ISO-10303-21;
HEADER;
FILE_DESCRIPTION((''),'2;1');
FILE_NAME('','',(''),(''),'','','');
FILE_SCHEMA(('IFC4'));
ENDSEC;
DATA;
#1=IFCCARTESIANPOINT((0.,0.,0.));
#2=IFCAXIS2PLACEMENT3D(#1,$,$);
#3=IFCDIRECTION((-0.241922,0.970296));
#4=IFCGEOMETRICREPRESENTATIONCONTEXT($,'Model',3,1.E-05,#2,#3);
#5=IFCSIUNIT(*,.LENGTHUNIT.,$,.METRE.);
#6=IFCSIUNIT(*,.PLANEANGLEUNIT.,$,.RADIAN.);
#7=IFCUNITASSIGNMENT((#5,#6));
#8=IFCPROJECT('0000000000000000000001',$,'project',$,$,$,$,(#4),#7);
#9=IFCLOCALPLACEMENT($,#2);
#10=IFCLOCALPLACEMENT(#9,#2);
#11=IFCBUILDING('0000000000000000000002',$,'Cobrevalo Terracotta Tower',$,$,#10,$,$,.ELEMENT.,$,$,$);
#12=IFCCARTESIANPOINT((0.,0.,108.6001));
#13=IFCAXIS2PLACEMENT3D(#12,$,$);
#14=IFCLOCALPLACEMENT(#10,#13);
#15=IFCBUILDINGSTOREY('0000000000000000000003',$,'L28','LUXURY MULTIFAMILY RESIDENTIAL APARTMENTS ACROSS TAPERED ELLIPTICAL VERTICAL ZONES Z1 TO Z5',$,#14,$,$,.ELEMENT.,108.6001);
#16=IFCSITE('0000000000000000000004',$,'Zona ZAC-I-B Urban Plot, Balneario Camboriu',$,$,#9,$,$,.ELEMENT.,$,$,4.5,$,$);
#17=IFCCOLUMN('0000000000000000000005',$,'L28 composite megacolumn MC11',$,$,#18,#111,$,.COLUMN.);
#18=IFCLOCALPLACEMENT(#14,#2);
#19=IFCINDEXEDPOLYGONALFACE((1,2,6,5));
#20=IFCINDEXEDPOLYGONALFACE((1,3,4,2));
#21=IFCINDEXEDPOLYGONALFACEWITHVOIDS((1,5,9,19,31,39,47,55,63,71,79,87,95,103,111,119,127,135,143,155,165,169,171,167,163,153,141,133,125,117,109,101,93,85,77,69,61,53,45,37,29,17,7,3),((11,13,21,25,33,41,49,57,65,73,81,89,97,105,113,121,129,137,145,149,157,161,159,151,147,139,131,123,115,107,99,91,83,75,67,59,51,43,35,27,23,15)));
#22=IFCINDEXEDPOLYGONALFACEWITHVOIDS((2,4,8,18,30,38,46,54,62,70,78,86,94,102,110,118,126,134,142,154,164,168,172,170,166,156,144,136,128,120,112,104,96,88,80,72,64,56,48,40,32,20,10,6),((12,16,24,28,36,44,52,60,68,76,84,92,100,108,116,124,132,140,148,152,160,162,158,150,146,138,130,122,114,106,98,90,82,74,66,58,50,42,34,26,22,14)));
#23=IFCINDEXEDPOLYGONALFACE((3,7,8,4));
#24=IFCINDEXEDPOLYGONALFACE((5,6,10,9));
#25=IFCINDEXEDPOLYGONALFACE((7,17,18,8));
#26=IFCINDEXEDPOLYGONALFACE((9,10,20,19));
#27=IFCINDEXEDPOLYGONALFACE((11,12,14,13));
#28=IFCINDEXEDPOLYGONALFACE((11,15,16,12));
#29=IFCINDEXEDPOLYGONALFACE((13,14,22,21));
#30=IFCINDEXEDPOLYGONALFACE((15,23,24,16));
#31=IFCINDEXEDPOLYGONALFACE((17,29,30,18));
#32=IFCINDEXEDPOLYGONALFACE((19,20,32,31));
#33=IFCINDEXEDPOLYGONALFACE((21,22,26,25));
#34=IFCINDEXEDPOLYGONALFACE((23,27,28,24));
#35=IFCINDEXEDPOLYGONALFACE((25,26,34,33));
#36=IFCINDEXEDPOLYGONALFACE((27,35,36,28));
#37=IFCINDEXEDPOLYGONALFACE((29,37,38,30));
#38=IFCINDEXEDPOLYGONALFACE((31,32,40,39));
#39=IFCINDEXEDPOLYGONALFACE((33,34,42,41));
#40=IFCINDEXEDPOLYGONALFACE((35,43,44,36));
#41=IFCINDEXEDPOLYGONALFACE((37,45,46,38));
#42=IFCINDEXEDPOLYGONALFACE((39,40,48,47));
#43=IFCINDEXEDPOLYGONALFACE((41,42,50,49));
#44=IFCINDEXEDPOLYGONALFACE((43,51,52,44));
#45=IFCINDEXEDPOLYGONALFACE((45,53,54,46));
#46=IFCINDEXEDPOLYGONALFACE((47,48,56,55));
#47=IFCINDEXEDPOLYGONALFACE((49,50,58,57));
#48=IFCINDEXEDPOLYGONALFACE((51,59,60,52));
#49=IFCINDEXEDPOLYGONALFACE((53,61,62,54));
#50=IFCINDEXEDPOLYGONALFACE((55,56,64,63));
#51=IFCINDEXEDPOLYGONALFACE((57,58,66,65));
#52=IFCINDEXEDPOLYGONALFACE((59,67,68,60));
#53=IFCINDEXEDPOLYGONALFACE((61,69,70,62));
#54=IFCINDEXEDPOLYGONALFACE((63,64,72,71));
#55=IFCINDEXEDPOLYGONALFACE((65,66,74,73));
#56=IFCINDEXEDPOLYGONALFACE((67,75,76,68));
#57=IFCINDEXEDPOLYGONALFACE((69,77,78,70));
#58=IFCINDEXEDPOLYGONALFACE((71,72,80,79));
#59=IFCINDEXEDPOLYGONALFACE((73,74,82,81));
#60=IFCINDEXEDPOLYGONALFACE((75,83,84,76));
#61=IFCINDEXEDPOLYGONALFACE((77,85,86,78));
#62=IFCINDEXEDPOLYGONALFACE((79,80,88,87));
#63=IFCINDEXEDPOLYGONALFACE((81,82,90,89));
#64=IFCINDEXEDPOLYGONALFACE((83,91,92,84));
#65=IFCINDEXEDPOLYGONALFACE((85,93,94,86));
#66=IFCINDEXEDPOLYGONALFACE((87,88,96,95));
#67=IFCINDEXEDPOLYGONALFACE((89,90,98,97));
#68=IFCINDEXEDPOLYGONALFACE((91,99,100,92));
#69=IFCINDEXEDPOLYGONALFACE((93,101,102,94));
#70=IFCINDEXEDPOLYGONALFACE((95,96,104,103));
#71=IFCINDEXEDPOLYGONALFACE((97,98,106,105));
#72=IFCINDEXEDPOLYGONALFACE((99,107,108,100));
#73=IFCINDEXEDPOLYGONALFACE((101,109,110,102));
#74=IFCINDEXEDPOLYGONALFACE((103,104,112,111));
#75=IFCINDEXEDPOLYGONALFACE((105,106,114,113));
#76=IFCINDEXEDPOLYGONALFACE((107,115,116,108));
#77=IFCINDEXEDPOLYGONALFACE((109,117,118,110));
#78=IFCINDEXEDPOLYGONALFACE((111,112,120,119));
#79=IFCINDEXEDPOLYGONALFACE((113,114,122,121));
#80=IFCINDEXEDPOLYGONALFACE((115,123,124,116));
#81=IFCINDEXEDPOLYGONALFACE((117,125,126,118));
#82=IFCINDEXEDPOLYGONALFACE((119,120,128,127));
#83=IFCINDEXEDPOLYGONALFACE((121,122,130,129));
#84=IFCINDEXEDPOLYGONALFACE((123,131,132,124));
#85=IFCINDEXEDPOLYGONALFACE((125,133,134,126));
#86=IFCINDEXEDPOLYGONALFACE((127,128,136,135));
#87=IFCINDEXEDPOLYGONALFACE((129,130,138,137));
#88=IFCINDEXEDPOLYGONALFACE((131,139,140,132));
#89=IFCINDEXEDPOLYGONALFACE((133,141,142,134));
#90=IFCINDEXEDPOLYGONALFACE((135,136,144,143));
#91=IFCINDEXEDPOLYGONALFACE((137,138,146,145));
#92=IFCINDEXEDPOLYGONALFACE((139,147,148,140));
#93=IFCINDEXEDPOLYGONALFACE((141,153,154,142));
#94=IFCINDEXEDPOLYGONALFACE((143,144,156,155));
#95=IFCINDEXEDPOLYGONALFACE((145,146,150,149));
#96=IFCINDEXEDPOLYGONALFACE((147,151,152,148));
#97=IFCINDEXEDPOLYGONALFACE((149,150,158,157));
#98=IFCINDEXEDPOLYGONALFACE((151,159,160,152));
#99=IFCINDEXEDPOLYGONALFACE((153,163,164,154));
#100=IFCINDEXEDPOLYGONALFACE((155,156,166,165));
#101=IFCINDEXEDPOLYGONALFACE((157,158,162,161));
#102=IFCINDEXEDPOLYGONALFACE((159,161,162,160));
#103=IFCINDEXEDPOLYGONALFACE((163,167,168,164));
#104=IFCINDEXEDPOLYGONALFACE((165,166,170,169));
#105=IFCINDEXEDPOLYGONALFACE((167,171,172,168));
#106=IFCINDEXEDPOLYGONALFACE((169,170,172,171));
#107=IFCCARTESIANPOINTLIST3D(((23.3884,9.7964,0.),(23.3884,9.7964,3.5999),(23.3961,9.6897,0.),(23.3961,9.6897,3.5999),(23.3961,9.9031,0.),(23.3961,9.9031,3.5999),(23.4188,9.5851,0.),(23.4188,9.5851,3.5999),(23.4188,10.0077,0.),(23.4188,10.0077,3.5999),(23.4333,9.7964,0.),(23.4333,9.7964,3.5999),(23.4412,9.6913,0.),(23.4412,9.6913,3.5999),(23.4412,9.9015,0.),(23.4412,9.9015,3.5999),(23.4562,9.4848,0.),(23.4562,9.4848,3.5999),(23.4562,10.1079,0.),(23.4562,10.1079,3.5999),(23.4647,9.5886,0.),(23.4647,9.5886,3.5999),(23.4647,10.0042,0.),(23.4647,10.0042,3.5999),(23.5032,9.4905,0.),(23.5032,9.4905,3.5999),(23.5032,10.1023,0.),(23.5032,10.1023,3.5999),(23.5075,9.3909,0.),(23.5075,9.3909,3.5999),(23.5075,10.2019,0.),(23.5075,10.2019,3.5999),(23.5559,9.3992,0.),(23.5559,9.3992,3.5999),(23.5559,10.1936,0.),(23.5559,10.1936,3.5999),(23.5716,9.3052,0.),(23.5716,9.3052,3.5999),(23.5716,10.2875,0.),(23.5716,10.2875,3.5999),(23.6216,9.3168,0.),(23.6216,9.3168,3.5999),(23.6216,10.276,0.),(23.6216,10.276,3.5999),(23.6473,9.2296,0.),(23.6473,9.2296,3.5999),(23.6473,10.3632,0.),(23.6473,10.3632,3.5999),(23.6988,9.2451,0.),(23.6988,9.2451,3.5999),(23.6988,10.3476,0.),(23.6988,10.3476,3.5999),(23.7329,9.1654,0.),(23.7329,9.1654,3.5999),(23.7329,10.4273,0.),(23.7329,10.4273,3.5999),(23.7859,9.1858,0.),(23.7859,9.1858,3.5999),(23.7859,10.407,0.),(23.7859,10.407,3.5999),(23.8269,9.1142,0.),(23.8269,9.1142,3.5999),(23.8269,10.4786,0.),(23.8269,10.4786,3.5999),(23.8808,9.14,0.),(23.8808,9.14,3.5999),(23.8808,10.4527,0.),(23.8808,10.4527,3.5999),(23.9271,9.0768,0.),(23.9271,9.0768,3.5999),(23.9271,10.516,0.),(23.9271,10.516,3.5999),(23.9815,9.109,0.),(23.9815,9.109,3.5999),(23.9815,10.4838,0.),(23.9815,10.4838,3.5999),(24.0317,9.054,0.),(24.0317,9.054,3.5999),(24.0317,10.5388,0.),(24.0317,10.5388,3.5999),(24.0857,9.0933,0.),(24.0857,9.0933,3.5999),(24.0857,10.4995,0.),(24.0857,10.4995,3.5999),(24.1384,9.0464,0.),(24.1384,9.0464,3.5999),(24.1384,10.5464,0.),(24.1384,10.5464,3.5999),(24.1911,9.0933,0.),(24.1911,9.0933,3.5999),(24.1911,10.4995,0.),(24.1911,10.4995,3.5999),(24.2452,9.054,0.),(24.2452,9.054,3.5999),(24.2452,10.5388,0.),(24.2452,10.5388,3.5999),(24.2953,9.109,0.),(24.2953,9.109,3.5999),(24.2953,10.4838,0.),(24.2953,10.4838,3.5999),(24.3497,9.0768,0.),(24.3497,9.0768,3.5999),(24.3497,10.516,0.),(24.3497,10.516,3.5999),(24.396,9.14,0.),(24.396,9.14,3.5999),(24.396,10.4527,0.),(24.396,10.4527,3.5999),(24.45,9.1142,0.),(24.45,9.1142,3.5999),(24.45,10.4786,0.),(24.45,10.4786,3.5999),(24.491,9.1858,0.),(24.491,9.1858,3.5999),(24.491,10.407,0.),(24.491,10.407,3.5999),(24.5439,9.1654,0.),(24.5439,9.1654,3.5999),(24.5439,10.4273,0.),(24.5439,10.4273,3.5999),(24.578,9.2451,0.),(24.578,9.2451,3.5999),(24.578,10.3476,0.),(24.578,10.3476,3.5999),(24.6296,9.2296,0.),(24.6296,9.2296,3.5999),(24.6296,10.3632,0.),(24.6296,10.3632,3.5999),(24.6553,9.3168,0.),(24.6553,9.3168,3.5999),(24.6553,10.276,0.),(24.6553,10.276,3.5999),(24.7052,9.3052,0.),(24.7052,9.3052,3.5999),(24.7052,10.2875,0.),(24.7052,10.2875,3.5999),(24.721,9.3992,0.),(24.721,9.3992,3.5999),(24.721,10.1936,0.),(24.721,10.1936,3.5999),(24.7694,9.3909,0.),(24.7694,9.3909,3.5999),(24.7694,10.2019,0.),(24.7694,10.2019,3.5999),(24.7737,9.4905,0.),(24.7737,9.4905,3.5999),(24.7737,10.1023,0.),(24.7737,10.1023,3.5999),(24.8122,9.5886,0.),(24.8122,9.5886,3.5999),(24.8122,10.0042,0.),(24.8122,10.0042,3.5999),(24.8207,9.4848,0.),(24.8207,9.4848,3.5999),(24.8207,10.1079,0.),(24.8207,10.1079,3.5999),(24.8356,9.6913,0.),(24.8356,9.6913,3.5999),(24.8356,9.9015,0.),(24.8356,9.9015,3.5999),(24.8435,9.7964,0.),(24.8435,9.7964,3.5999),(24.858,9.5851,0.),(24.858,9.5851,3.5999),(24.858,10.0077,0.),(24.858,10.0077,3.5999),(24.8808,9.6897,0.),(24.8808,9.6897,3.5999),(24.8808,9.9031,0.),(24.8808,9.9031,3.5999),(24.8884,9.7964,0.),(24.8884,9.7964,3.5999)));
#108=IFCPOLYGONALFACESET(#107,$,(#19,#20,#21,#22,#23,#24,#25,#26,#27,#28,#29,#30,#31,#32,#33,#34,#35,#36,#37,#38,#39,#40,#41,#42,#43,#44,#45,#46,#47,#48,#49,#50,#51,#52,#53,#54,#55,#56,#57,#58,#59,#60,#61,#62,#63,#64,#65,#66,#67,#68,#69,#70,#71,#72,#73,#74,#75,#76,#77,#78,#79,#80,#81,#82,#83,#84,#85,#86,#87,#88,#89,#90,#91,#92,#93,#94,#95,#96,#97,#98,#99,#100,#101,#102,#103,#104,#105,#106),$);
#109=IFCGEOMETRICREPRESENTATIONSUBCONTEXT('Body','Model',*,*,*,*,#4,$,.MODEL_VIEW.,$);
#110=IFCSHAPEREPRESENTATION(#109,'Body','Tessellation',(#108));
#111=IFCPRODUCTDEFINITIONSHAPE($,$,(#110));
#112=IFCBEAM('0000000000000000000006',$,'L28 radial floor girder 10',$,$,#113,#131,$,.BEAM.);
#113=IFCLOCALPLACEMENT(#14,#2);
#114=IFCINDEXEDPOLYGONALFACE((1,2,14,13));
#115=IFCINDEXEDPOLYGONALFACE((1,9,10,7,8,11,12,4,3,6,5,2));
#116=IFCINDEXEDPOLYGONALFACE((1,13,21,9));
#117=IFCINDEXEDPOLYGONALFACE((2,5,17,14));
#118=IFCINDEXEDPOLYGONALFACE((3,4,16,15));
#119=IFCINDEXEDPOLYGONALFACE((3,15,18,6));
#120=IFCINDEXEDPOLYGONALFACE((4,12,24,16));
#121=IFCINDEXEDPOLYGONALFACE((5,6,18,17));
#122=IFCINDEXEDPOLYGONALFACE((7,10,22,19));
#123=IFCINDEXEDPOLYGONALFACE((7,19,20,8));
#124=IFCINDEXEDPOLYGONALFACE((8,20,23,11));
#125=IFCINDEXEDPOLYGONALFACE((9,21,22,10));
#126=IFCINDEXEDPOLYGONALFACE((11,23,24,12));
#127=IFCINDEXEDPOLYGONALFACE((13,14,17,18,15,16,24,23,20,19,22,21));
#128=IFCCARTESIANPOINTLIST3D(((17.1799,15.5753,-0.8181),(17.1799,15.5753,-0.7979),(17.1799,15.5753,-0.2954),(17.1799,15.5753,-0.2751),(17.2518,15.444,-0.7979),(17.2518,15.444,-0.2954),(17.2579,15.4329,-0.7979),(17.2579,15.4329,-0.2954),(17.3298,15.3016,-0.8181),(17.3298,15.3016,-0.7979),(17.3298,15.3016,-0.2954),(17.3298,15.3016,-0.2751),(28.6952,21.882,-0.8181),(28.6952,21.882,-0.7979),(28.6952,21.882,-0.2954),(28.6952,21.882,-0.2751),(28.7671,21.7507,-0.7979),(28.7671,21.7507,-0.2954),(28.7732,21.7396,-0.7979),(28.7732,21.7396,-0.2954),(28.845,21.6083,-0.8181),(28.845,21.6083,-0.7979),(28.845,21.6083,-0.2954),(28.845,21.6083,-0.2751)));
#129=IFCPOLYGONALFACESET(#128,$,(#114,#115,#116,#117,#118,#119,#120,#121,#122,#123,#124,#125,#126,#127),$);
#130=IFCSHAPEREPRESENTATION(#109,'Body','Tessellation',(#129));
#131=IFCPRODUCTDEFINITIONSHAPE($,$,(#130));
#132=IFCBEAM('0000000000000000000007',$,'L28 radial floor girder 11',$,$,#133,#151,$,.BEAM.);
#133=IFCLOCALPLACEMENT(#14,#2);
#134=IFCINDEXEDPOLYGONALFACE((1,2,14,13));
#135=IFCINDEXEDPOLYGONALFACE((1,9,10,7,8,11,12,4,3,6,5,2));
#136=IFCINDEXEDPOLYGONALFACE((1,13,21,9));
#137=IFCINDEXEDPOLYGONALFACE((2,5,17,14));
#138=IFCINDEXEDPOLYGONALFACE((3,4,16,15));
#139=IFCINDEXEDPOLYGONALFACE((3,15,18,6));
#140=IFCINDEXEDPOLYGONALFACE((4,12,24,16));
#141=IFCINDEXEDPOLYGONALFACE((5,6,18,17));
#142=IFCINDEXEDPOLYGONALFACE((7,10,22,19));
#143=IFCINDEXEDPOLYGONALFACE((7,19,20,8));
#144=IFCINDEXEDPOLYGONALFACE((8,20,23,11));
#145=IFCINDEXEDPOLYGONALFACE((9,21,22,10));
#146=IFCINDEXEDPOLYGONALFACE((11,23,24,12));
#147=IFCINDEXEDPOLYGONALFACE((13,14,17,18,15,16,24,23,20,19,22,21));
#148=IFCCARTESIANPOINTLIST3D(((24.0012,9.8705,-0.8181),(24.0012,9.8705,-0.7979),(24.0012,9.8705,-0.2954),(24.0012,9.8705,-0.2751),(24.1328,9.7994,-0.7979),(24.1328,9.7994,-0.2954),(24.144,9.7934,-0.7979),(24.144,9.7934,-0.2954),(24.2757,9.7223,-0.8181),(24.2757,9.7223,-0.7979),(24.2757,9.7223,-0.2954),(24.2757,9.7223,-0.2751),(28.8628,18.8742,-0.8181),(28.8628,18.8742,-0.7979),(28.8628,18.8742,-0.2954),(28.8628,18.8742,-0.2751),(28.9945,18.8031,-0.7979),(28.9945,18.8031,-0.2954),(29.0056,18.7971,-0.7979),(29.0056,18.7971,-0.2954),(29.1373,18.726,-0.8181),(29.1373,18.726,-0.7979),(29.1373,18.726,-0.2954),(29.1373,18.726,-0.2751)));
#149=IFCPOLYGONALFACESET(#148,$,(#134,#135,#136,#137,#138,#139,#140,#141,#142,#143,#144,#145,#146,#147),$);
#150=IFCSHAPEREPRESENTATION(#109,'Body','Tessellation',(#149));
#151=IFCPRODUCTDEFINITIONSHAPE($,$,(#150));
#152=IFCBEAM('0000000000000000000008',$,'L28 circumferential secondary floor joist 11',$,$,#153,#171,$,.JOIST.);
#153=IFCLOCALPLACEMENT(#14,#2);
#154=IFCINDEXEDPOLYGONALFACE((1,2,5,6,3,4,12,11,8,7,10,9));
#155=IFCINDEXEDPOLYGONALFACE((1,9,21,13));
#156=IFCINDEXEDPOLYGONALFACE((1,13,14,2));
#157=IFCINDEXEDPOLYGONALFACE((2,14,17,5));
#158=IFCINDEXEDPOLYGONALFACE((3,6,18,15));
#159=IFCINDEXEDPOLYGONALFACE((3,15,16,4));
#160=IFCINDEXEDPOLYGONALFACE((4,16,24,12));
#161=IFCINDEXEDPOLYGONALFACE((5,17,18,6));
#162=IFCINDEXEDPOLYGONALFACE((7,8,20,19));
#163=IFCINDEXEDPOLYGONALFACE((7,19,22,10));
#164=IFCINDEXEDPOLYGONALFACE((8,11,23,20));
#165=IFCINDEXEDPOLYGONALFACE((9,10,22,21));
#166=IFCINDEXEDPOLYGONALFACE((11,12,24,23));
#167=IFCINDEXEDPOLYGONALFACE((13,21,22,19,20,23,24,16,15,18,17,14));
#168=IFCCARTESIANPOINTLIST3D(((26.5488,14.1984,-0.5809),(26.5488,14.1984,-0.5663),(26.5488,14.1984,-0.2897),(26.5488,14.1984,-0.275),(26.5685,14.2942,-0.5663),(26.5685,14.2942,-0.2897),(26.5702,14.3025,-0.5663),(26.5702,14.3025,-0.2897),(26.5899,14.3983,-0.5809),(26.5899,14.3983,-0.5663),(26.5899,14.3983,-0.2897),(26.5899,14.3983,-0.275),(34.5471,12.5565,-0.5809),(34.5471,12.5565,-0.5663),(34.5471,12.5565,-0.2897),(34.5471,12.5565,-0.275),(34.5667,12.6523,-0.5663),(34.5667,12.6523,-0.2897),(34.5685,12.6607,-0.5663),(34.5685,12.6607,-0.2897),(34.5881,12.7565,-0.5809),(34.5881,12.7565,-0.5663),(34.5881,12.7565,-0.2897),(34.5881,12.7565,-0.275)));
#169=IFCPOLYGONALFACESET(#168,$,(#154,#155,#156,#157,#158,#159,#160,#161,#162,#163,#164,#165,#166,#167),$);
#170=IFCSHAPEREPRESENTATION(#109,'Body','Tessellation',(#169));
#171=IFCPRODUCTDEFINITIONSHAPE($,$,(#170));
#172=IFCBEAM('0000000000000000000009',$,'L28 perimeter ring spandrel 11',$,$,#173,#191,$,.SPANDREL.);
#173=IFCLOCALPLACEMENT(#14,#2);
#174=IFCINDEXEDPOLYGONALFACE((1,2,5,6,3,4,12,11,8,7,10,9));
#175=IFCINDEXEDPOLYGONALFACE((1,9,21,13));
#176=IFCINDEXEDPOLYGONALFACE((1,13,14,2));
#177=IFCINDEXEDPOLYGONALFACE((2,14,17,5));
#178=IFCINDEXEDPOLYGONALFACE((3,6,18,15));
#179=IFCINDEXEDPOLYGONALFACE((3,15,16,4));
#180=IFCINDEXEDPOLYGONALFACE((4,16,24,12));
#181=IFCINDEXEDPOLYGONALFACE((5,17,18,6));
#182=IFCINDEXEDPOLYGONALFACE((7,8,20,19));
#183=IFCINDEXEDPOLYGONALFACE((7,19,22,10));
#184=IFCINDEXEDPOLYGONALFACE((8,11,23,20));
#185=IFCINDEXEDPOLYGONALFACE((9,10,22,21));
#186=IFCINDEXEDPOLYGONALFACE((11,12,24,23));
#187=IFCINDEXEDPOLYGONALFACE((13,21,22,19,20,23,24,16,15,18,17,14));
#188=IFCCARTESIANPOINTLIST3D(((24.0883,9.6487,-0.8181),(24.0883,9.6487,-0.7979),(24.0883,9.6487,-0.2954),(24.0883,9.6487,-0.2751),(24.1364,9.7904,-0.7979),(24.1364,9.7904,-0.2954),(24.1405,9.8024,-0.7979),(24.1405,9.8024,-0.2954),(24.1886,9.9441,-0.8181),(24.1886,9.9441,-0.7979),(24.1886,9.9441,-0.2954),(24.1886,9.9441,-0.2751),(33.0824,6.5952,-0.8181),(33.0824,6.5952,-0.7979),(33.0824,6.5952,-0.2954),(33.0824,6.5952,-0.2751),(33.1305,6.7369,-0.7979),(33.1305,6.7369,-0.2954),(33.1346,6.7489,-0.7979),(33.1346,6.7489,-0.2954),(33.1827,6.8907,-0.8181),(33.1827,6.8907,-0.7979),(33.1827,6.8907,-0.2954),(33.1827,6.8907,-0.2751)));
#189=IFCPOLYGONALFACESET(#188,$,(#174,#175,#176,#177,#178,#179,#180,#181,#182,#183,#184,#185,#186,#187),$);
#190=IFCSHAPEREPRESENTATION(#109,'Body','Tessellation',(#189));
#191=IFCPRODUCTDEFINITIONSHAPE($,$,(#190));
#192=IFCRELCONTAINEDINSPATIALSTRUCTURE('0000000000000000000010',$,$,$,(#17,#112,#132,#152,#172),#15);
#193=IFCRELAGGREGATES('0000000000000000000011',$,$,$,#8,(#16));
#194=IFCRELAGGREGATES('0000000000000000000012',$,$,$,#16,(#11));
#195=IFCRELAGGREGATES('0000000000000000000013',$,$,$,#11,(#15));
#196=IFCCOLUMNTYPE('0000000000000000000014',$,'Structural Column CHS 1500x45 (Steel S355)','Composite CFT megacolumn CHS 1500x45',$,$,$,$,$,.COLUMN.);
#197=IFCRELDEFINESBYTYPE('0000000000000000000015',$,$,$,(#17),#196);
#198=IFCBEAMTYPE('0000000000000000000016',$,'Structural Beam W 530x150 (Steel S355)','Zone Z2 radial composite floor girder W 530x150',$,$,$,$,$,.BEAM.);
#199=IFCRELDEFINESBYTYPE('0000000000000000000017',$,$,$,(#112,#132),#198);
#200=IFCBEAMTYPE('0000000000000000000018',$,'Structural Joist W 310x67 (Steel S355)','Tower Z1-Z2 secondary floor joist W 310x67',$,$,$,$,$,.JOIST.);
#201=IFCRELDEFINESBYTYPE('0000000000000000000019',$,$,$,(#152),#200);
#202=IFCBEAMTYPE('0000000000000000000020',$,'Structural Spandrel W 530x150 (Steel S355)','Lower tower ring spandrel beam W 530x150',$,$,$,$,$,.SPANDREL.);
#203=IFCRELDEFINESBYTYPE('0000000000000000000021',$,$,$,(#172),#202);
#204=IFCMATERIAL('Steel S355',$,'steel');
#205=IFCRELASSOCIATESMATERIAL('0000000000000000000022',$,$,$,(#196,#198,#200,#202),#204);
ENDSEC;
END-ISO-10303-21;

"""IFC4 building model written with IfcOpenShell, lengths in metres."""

from ifc_helpers import new_model, si_unit, direction, frame, origin, origin_2d, place, context, subcontext, project, spatial, hollow_circle, i_section, extrude, material, material_profile, profile_set, type_object, element, save


model = new_model("IFC4")

# Units and contexts
model_context = context("Model", 3, precision=1e-05, world=origin(), true_north=direction((-0.241922, 0.970296)))
body_context = subcontext(model_context, "Body", "Model", "MODEL_VIEW")
ifc_project = project(units=[si_unit("LENGTHUNIT", "METRE"), si_unit("PLANEANGLEUNIT", "RADIAN")], contexts=[model_context])

# Site, building, storey
site_placement = place(None, origin())
site = spatial("IfcSite", under=ifc_project, at=site_placement, Name="Zona ZAC-I-B Urban Plot, Balneario Camboriu", CompositionType="ELEMENT", RefElevation=4.5)
building_placement = place(site_placement, origin())
building = spatial("IfcBuilding", under=site, at=building_placement, Name="Cobrevalo Terracotta Tower", CompositionType="ELEMENT")
storey_placement = place(building_placement, frame((0.0, 0.0, 108.6001)))
storey = spatial("IfcBuildingStorey", under=building, at=storey_placement, Name="L28", Description="LUXURY MULTIFAMILY RESIDENTIAL APARTMENTS ACROSS TAPERED ELLIPTICAL VERTICAL ZONES Z1 TO Z5", CompositionType="ELEMENT", Elevation=108.6001)

# Column
ifc_material_1 = material(Name="Steel S355", Category="steel")
ifc_material_profile_1 = material_profile(ifc_material_1, hollow_circle(Radius=0.75, WallThickness=0.0449, at=origin_2d()), Name="CHS 1500x45")
ifc_profile_set_1 = profile_set([ifc_material_profile_1], Name="Steel S355")
column_type = type_object("IfcColumnType", Name="Structural Column CHS 1500x45 (Steel S355)", Description="Composite CFT megacolumn CHS 1500x45", PredefinedType="COLUMN", material=ifc_profile_set_1)
column_placement = place(storey_placement, frame((24.1384, 9.7964, 0.0), z_axis=(0.0, 0.0, 1.0), x_axis=(1.0, 0.0, 0.0)))
element("IfcColumn", 1, at=column_placement, inside=storey, type_object=column_type, Name="L28 composite megacolumn MC11", PredefinedType="COLUMN", context=body_context, shape_type="SweptSolid", body=[
    extrude(hollow_circle(Radius=0.75, WallThickness=0.0449, at=origin_2d()), origin(), (0.0, 0.0, 1.0), 3.5999),
])

# Beams
ifc_material_profile_2 = material_profile(ifc_material_1, i_section(OverallWidth=0.312, OverallDepth=0.543, WebThickness=0.0127, FlangeThickness=0.0203, at=origin_2d()), Name="W 530x150")
ifc_profile_set_2 = profile_set([ifc_material_profile_2], Name="Steel S355")
beam_type_1 = type_object("IfcBeamType", Name="Structural Beam W 530x150 (Steel S355)", Description="Zone Z2 radial composite floor girder W 530x150", PredefinedType="BEAM", material=ifc_profile_set_2)
beam_1_placement = place(storey_placement, frame((17.2549, 15.4385, -0.5466), z_axis=(0.877073, 0.480358, 0.0), x_axis=(-0.480358, 0.877073, 0.0)))
element("IfcBeam", 2, at=beam_1_placement, inside=storey, type_object=beam_type_1, Name="L28 radial floor girder 10", PredefinedType="BEAM", context=body_context, shape_type="SweptSolid", body=[
    extrude(i_section(OverallWidth=0.312, OverallDepth=0.543, WebThickness=0.0127, FlangeThickness=0.0203, at=origin_2d()), origin(), (0.0, 0.0, 1.0), 13.1292),
])
beam_2_placement = place(storey_placement, frame((24.1384, 9.7964, -0.5466), z_axis=(0.475118, 0.879922, 0.0), x_axis=(-0.879922, 0.475118, 0.0)))
element("IfcBeam", 3, at=beam_2_placement, inside=storey, type_object=beam_type_1, Name="L28 radial floor girder 11", PredefinedType="BEAM", context=body_context, shape_type="SweptSolid", body=[
    extrude(i_section(OverallWidth=0.312, OverallDepth=0.543, WebThickness=0.0127, FlangeThickness=0.0203, at=origin_2d()), origin(), (0.0, 0.0, 1.0), 10.2324),
])
ifc_material_profile_3 = material_profile(ifc_material_1, i_section(OverallWidth=0.2041, OverallDepth=0.3059, WebThickness=0.0085, FlangeThickness=0.0146, at=origin_2d()), Name="W 310x67")
ifc_profile_set_3 = profile_set([ifc_material_profile_3], Name="Steel S355")
beam_type_2 = type_object("IfcBeamType", Name="Structural Joist W 310x67 (Steel S355)", Description="Tower Z1-Z2 secondary floor joist W 310x67", PredefinedType="JOIST", material=ifc_profile_set_3)
beam_3_placement = place(storey_placement, frame((26.5693, 14.2983, -0.428), z_axis=(0.979574, -0.201082, 0.0), x_axis=(0.201082, 0.979574, 0.0)))
element("IfcBeam", 4, at=beam_3_placement, inside=storey, type_object=beam_type_2, Name="L28 circumferential secondary floor joist 11", PredefinedType="JOIST", context=body_context, shape_type="SweptSolid", body=[
    extrude(i_section(OverallWidth=0.2041, OverallDepth=0.3059, WebThickness=0.0085, FlangeThickness=0.0146, at=origin_2d()), origin(), (0.0, 0.0, 1.0), 8.165),
])
ifc_material_profile_4 = material_profile(ifc_material_1, i_section(OverallWidth=0.312, OverallDepth=0.543, WebThickness=0.0127, FlangeThickness=0.0203, at=origin_2d()), Name="W 530x150")
ifc_profile_set_4 = profile_set([ifc_material_profile_4], Name="Steel S355")
beam_type_3 = type_object("IfcBeamType", Name="Structural Spandrel W 530x150 (Steel S355)", Description="Lower tower ring spandrel beam W 530x150", PredefinedType="SPANDREL", material=ifc_profile_set_4)
beam_4_placement = place(storey_placement, frame((24.1384, 9.7964, -0.5466), z_axis=(0.946918, -0.321474, 0.0), x_axis=(0.321474, 0.946918, 0.0)))
element("IfcBeam", 5, at=beam_4_placement, inside=storey, type_object=beam_type_3, Name="L28 perimeter ring spandrel 11", PredefinedType="SPANDREL", context=body_context, shape_type="SweptSolid", body=[
    extrude(i_section(OverallWidth=0.312, OverallDepth=0.543, WebThickness=0.0127, FlangeThickness=0.0203, at=origin_2d()), origin(), (0.0, 0.0, 1.0), 9.4983),
])

save(model, "model.ifc")
